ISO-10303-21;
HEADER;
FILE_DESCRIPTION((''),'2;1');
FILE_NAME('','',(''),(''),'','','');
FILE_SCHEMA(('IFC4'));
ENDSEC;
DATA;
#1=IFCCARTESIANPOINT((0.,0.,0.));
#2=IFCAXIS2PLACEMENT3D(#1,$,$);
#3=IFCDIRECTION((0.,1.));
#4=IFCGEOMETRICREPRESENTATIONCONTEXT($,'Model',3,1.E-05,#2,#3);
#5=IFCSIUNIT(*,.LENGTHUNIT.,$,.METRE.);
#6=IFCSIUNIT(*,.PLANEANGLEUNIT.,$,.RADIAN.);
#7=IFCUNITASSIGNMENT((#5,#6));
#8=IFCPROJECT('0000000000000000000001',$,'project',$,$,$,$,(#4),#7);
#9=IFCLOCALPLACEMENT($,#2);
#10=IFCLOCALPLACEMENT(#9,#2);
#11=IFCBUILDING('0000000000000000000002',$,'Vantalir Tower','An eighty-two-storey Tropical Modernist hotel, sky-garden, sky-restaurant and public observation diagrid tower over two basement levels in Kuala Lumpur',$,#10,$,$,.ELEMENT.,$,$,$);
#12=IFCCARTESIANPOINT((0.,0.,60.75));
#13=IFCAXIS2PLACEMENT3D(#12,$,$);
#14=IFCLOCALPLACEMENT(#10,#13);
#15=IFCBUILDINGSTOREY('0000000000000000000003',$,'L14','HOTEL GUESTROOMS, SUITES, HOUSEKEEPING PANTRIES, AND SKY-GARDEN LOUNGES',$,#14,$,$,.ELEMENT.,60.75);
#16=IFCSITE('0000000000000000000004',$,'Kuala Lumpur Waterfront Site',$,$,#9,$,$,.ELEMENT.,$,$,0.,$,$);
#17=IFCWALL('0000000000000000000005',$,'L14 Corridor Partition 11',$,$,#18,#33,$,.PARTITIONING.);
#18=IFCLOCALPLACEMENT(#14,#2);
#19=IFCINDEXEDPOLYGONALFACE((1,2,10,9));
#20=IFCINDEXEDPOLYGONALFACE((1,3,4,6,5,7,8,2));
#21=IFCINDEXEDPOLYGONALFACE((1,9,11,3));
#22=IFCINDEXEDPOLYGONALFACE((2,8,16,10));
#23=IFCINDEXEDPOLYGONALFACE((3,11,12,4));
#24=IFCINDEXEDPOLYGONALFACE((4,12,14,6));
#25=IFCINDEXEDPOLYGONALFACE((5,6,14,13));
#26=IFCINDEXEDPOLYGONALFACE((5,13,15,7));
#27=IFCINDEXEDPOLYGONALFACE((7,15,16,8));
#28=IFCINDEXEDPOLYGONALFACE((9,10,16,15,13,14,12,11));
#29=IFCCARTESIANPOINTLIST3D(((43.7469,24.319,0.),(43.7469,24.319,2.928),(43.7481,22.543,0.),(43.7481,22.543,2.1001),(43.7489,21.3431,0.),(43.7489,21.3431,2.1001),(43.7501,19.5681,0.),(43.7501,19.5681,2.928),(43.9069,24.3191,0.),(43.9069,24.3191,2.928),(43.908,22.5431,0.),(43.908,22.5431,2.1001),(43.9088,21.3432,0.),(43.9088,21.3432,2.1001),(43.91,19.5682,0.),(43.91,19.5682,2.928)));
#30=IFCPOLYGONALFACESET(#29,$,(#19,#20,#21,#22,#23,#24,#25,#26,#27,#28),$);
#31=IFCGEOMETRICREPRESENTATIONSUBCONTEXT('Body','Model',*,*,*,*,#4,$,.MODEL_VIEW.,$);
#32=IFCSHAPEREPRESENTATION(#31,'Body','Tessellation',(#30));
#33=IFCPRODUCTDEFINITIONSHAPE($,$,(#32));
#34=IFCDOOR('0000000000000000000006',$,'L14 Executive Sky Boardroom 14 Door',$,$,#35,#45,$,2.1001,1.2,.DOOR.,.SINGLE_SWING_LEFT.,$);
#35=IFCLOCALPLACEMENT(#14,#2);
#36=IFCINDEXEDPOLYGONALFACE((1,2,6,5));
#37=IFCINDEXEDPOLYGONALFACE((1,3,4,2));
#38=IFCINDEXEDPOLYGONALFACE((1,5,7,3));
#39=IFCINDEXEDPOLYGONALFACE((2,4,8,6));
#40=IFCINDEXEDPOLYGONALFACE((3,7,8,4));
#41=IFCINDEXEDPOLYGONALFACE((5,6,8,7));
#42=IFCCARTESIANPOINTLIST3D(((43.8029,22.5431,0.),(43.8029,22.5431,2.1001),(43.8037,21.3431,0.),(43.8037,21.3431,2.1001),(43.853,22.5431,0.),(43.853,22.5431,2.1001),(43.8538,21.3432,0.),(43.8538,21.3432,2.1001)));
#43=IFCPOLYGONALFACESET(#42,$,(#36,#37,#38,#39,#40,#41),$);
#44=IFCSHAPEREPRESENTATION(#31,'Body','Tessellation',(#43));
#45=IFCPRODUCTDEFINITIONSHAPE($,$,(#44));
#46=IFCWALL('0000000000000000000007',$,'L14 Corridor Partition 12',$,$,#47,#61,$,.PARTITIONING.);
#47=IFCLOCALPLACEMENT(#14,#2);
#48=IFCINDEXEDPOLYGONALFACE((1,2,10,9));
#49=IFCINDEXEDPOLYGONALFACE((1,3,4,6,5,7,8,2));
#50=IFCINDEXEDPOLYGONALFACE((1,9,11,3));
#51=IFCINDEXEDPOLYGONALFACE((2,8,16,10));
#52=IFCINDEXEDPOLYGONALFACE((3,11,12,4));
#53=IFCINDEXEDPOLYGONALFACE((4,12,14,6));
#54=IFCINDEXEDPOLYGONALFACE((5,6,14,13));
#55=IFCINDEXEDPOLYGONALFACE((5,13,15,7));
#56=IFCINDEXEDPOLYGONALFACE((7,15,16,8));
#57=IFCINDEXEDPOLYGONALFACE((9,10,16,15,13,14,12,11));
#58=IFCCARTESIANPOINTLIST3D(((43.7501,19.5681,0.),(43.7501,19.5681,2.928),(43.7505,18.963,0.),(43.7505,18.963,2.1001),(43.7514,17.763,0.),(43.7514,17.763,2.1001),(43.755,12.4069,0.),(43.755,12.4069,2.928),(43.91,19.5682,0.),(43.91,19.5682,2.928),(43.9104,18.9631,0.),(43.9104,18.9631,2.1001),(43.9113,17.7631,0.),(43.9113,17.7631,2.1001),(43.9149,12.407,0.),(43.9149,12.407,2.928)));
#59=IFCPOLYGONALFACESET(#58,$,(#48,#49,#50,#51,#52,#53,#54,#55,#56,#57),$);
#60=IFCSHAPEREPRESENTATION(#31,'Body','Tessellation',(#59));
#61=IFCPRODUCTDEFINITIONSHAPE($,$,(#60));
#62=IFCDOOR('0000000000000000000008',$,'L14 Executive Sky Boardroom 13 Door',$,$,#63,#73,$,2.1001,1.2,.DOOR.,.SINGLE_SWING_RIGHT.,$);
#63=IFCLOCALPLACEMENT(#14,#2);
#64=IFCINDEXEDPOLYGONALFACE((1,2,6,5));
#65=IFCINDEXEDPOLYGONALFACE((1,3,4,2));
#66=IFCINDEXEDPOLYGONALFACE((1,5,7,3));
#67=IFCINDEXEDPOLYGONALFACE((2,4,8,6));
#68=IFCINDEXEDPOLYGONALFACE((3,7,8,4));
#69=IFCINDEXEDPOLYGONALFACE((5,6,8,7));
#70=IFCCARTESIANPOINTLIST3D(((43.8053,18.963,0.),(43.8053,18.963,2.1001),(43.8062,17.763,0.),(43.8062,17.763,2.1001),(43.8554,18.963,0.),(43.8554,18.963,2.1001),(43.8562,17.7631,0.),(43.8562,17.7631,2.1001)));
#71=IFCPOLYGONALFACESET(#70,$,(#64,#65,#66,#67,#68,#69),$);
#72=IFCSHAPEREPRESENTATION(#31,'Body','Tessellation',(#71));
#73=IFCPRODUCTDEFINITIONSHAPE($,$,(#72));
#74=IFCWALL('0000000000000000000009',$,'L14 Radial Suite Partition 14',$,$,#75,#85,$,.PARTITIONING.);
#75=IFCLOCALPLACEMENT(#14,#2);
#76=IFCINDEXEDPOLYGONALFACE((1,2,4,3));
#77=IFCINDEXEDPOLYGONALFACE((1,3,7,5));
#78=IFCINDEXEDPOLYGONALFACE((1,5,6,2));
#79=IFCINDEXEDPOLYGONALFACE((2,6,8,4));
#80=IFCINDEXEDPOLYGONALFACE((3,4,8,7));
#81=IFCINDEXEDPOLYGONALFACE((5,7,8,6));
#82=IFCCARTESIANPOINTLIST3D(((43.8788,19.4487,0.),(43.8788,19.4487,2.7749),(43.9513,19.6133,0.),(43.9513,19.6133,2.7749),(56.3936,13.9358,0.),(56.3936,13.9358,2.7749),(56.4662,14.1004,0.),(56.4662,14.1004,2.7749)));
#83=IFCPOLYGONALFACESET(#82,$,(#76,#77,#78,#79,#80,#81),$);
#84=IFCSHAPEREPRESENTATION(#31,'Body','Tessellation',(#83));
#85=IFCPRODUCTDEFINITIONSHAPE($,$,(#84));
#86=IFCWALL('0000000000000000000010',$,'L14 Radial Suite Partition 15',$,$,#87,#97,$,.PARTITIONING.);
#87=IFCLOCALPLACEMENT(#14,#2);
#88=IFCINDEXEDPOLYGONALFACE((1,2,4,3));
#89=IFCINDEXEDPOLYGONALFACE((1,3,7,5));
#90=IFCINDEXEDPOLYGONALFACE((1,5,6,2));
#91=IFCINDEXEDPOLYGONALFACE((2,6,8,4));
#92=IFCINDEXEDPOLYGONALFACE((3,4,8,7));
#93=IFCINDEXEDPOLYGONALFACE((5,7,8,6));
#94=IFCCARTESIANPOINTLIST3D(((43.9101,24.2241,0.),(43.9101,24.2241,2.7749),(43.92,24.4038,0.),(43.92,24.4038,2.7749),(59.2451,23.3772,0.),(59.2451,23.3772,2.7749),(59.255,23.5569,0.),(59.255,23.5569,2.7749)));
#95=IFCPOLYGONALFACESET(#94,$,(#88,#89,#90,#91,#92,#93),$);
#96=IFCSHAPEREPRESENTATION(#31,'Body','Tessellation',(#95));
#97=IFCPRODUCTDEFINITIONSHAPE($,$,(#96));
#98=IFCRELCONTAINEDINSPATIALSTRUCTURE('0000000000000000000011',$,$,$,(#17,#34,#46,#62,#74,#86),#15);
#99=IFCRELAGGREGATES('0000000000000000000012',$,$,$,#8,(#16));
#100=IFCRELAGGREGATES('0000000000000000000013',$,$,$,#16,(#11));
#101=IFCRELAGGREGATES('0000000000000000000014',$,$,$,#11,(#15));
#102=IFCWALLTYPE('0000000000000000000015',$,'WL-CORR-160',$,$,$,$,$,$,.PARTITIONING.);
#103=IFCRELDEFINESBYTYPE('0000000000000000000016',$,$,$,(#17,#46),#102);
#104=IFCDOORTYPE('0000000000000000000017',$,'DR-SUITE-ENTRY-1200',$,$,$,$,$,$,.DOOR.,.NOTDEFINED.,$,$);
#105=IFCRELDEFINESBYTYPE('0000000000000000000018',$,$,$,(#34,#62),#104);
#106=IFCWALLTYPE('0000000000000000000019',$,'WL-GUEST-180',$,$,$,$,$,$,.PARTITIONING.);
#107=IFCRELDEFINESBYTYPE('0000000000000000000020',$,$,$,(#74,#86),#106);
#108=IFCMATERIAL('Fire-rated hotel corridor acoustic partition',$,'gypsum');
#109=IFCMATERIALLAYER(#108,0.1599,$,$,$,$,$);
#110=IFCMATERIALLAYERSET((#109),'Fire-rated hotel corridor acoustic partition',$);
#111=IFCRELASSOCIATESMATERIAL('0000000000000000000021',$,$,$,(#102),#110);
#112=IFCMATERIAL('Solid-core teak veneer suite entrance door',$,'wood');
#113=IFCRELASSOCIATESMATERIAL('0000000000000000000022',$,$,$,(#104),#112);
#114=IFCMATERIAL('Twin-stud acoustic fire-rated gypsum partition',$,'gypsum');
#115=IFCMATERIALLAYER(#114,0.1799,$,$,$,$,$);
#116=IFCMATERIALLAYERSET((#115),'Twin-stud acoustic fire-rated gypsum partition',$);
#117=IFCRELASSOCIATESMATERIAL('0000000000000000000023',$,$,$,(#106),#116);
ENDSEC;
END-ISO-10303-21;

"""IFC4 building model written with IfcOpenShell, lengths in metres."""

from ifc_helpers import new_model, si_unit, direction, frame, frame_2d, origin, place, context, subcontext, project, spatial, rectangle, extrude, material, layer, layer_set, type_object, element, fill, save


model = new_model("IFC4")

# Units and contexts
model_context = context("Model", 3, precision=1e-05, world=origin(), true_north=direction((0.0, 1.0)))
body_context = subcontext(model_context, "Body", "Model", "MODEL_VIEW")
ifc_project = project(units=[si_unit("LENGTHUNIT", "METRE"), si_unit("PLANEANGLEUNIT", "RADIAN")], contexts=[model_context])

# Site, building, storey
site_placement = place(None, origin())
site = spatial("IfcSite", under=ifc_project, at=site_placement, Name="Kuala Lumpur Waterfront Site", CompositionType="ELEMENT", RefElevation=0.0)
building_placement = place(site_placement, origin())
building = spatial("IfcBuilding", under=site, at=building_placement, Name="Vantalir Tower", Description="An eighty-two-storey Tropical Modernist hotel, sky-garden, sky-restaurant and public observation diagrid tower over two basement levels in Kuala Lumpur", CompositionType="ELEMENT")
storey_placement = place(building_placement, frame((0.0, 0.0, 60.75)))
storey = spatial("IfcBuildingStorey", under=building, at=storey_placement, Name="L14", Description="HOTEL GUESTROOMS, SUITES, HOUSEKEEPING PANTRIES, AND SKY-GARDEN LOUNGES", CompositionType="ELEMENT", Elevation=60.75)

# Walls, openings, doors
ifc_material_1 = material(Name="Fire-rated hotel corridor acoustic partition", Category="gypsum")
ifc_layer_1 = layer(ifc_material_1, 0.1599)
ifc_layer_set_1 = layer_set([ifc_layer_1], Name="Fire-rated hotel corridor acoustic partition")
wall_type_1 = type_object("IfcWallType", Name="WL-CORR-160", PredefinedType="PARTITIONING", material=ifc_layer_set_1)
wall_1_placement = place(storey_placement, frame((43.8269, 24.3191, 0.0), z_axis=(0.0, 0.0, 1.0), x_axis=(0.000668, -1.0, 0.0)))
wall_1 = element("IfcWall", 1, at=wall_1_placement, inside=storey, type_object=wall_type_1, Name="L14 Corridor Partition 11", PredefinedType="PARTITIONING", context=body_context, shape_type="SweptSolid", body=[
    extrude(rectangle(XDim=4.751, YDim=0.1599, at=frame_2d((2.3755, 0.0))), origin(), (0.0, 0.0, 1.0), 2.928),
])
opening_1_placement = place(wall_1_placement, frame((1.7759, 0.0, 0.0)))
opening_1 = element("IfcOpeningElement", 2, at=opening_1_placement, cuts=wall_1, PredefinedType="OPENING", context=body_context, shape_type="SweptSolid", body=[
    extrude(rectangle(XDim=1.2, YDim=2.1001, at=frame_2d((0.6001, 1.05))), frame((0.0, 0.0898, 0.0), z_axis=(0.0, -1.0, 0.0), x_axis=(1.0, 0.0, 0.0)), (0.0, 0.0, 1.0), 0.1799),
])
ifc_material_2 = material(Name="Solid-core teak veneer suite entrance door", Category="wood")
door_type_1 = type_object("IfcDoorType", Name="DR-SUITE-ENTRY-1200", OperationType="NOTDEFINED", PredefinedType="DOOR", material=ifc_material_2)
door_1_placement = place(opening_1_placement, origin())
door_1 = element("IfcDoor", 3, at=door_1_placement, inside=storey, type_object=door_type_1, Name="L14 Executive Sky Boardroom 14 Door", OperationType="SINGLE_SWING_LEFT", OverallHeight=2.1001, OverallWidth=1.2, PredefinedType="DOOR", context=body_context, shape_type="SweptSolid", body=[
    extrude(rectangle(XDim=1.2, YDim=2.1001, at=frame_2d((0.6001, 1.05))), frame((0.0, 0.0249, 0.0), z_axis=(0.0, -1.0, 0.0), x_axis=(1.0, 0.0, 0.0)), (0.0, 0.0, 1.0), 0.05),
])
fill(opening_1, door_1)
wall_2_placement = place(storey_placement, frame((43.8301, 19.5681, 0.0), z_axis=(0.0, 0.0, 1.0), x_axis=(0.000682, -1.0, 0.0)))
wall_2 = element("IfcWall", 4, at=wall_2_placement, inside=storey, type_object=wall_type_1, Name="L14 Corridor Partition 12", PredefinedType="PARTITIONING", context=body_context, shape_type="SweptSolid", body=[
    extrude(rectangle(XDim=7.1611, YDim=0.1599, at=frame_2d((3.5806, 0.0))), origin(), (0.0, 0.0, 1.0), 2.928),
])
opening_2_placement = place(wall_2_placement, frame((0.605, 0.0, 0.0)))
opening_2 = element("IfcOpeningElement", 5, at=opening_2_placement, cuts=wall_2, PredefinedType="OPENING", context=body_context, shape_type="SweptSolid", body=[
    extrude(rectangle(XDim=1.2, YDim=2.1001, at=frame_2d((0.6001, 1.05))), frame((0.0, 0.0898, 0.0), z_axis=(0.0, -1.0, 0.0), x_axis=(1.0, 0.0, 0.0)), (0.0, 0.0, 1.0), 0.1799),
])
door_2_placement = place(opening_2_placement, origin())
door_2 = element("IfcDoor", 6, at=door_2_placement, inside=storey, type_object=door_type_1, Name="L14 Executive Sky Boardroom 13 Door", OperationType="SINGLE_SWING_RIGHT", OverallHeight=2.1001, OverallWidth=1.2, PredefinedType="DOOR", context=body_context, shape_type="SweptSolid", body=[
    extrude(rectangle(XDim=1.2, YDim=2.1001, at=frame_2d((0.6001, 1.05))), frame((0.0, 0.0249, 0.0), z_axis=(0.0, -1.0, 0.0), x_axis=(1.0, 0.0, 0.0)), (0.0, 0.0, 1.0), 0.05),
])
fill(opening_2, door_2)

# Walls
ifc_material_3 = material(Name="Twin-stud acoustic fire-rated gypsum partition", Category="gypsum")
ifc_layer_2 = layer(ifc_material_3, 0.1799)
ifc_layer_set_2 = layer_set([ifc_layer_2], Name="Twin-stud acoustic fire-rated gypsum partition")
wall_type_2 = type_object("IfcWallType", Name="WL-GUEST-180", PredefinedType="PARTITIONING", material=ifc_layer_set_2)
wall_3_placement = place(storey_placement, frame((43.915, 19.531, 0.0), z_axis=(0.0, 0.0, 1.0), x_axis=(0.915143, -0.40313, 0.0)))
element("IfcWall", 7, at=wall_3_placement, inside=storey, type_object=wall_type_2, Name="L14 Radial Suite Partition 14", PredefinedType="PARTITIONING", context=body_context, shape_type="SweptSolid", body=[
    extrude(rectangle(XDim=13.6753, YDim=0.1799, at=frame_2d((6.8376, 0.0))), origin(), (0.0, 0.0, 1.0), 2.7749),
])
wall_4_placement = place(storey_placement, frame((43.915, 24.314, 0.0), z_axis=(0.0, 0.0, 1.0), x_axis=(0.998478, -0.055144, 0.0)))
element("IfcWall", 8, at=wall_4_placement, inside=storey, type_object=wall_type_2, Name="L14 Radial Suite Partition 15", PredefinedType="PARTITIONING", context=body_context, shape_type="SweptSolid", body=[
    extrude(rectangle(XDim=15.3584, YDim=0.1799, at=frame_2d((7.6792, 0.0))), origin(), (0.0, 0.0, 1.0), 2.7749),
])

save(model, "model.ifc")
